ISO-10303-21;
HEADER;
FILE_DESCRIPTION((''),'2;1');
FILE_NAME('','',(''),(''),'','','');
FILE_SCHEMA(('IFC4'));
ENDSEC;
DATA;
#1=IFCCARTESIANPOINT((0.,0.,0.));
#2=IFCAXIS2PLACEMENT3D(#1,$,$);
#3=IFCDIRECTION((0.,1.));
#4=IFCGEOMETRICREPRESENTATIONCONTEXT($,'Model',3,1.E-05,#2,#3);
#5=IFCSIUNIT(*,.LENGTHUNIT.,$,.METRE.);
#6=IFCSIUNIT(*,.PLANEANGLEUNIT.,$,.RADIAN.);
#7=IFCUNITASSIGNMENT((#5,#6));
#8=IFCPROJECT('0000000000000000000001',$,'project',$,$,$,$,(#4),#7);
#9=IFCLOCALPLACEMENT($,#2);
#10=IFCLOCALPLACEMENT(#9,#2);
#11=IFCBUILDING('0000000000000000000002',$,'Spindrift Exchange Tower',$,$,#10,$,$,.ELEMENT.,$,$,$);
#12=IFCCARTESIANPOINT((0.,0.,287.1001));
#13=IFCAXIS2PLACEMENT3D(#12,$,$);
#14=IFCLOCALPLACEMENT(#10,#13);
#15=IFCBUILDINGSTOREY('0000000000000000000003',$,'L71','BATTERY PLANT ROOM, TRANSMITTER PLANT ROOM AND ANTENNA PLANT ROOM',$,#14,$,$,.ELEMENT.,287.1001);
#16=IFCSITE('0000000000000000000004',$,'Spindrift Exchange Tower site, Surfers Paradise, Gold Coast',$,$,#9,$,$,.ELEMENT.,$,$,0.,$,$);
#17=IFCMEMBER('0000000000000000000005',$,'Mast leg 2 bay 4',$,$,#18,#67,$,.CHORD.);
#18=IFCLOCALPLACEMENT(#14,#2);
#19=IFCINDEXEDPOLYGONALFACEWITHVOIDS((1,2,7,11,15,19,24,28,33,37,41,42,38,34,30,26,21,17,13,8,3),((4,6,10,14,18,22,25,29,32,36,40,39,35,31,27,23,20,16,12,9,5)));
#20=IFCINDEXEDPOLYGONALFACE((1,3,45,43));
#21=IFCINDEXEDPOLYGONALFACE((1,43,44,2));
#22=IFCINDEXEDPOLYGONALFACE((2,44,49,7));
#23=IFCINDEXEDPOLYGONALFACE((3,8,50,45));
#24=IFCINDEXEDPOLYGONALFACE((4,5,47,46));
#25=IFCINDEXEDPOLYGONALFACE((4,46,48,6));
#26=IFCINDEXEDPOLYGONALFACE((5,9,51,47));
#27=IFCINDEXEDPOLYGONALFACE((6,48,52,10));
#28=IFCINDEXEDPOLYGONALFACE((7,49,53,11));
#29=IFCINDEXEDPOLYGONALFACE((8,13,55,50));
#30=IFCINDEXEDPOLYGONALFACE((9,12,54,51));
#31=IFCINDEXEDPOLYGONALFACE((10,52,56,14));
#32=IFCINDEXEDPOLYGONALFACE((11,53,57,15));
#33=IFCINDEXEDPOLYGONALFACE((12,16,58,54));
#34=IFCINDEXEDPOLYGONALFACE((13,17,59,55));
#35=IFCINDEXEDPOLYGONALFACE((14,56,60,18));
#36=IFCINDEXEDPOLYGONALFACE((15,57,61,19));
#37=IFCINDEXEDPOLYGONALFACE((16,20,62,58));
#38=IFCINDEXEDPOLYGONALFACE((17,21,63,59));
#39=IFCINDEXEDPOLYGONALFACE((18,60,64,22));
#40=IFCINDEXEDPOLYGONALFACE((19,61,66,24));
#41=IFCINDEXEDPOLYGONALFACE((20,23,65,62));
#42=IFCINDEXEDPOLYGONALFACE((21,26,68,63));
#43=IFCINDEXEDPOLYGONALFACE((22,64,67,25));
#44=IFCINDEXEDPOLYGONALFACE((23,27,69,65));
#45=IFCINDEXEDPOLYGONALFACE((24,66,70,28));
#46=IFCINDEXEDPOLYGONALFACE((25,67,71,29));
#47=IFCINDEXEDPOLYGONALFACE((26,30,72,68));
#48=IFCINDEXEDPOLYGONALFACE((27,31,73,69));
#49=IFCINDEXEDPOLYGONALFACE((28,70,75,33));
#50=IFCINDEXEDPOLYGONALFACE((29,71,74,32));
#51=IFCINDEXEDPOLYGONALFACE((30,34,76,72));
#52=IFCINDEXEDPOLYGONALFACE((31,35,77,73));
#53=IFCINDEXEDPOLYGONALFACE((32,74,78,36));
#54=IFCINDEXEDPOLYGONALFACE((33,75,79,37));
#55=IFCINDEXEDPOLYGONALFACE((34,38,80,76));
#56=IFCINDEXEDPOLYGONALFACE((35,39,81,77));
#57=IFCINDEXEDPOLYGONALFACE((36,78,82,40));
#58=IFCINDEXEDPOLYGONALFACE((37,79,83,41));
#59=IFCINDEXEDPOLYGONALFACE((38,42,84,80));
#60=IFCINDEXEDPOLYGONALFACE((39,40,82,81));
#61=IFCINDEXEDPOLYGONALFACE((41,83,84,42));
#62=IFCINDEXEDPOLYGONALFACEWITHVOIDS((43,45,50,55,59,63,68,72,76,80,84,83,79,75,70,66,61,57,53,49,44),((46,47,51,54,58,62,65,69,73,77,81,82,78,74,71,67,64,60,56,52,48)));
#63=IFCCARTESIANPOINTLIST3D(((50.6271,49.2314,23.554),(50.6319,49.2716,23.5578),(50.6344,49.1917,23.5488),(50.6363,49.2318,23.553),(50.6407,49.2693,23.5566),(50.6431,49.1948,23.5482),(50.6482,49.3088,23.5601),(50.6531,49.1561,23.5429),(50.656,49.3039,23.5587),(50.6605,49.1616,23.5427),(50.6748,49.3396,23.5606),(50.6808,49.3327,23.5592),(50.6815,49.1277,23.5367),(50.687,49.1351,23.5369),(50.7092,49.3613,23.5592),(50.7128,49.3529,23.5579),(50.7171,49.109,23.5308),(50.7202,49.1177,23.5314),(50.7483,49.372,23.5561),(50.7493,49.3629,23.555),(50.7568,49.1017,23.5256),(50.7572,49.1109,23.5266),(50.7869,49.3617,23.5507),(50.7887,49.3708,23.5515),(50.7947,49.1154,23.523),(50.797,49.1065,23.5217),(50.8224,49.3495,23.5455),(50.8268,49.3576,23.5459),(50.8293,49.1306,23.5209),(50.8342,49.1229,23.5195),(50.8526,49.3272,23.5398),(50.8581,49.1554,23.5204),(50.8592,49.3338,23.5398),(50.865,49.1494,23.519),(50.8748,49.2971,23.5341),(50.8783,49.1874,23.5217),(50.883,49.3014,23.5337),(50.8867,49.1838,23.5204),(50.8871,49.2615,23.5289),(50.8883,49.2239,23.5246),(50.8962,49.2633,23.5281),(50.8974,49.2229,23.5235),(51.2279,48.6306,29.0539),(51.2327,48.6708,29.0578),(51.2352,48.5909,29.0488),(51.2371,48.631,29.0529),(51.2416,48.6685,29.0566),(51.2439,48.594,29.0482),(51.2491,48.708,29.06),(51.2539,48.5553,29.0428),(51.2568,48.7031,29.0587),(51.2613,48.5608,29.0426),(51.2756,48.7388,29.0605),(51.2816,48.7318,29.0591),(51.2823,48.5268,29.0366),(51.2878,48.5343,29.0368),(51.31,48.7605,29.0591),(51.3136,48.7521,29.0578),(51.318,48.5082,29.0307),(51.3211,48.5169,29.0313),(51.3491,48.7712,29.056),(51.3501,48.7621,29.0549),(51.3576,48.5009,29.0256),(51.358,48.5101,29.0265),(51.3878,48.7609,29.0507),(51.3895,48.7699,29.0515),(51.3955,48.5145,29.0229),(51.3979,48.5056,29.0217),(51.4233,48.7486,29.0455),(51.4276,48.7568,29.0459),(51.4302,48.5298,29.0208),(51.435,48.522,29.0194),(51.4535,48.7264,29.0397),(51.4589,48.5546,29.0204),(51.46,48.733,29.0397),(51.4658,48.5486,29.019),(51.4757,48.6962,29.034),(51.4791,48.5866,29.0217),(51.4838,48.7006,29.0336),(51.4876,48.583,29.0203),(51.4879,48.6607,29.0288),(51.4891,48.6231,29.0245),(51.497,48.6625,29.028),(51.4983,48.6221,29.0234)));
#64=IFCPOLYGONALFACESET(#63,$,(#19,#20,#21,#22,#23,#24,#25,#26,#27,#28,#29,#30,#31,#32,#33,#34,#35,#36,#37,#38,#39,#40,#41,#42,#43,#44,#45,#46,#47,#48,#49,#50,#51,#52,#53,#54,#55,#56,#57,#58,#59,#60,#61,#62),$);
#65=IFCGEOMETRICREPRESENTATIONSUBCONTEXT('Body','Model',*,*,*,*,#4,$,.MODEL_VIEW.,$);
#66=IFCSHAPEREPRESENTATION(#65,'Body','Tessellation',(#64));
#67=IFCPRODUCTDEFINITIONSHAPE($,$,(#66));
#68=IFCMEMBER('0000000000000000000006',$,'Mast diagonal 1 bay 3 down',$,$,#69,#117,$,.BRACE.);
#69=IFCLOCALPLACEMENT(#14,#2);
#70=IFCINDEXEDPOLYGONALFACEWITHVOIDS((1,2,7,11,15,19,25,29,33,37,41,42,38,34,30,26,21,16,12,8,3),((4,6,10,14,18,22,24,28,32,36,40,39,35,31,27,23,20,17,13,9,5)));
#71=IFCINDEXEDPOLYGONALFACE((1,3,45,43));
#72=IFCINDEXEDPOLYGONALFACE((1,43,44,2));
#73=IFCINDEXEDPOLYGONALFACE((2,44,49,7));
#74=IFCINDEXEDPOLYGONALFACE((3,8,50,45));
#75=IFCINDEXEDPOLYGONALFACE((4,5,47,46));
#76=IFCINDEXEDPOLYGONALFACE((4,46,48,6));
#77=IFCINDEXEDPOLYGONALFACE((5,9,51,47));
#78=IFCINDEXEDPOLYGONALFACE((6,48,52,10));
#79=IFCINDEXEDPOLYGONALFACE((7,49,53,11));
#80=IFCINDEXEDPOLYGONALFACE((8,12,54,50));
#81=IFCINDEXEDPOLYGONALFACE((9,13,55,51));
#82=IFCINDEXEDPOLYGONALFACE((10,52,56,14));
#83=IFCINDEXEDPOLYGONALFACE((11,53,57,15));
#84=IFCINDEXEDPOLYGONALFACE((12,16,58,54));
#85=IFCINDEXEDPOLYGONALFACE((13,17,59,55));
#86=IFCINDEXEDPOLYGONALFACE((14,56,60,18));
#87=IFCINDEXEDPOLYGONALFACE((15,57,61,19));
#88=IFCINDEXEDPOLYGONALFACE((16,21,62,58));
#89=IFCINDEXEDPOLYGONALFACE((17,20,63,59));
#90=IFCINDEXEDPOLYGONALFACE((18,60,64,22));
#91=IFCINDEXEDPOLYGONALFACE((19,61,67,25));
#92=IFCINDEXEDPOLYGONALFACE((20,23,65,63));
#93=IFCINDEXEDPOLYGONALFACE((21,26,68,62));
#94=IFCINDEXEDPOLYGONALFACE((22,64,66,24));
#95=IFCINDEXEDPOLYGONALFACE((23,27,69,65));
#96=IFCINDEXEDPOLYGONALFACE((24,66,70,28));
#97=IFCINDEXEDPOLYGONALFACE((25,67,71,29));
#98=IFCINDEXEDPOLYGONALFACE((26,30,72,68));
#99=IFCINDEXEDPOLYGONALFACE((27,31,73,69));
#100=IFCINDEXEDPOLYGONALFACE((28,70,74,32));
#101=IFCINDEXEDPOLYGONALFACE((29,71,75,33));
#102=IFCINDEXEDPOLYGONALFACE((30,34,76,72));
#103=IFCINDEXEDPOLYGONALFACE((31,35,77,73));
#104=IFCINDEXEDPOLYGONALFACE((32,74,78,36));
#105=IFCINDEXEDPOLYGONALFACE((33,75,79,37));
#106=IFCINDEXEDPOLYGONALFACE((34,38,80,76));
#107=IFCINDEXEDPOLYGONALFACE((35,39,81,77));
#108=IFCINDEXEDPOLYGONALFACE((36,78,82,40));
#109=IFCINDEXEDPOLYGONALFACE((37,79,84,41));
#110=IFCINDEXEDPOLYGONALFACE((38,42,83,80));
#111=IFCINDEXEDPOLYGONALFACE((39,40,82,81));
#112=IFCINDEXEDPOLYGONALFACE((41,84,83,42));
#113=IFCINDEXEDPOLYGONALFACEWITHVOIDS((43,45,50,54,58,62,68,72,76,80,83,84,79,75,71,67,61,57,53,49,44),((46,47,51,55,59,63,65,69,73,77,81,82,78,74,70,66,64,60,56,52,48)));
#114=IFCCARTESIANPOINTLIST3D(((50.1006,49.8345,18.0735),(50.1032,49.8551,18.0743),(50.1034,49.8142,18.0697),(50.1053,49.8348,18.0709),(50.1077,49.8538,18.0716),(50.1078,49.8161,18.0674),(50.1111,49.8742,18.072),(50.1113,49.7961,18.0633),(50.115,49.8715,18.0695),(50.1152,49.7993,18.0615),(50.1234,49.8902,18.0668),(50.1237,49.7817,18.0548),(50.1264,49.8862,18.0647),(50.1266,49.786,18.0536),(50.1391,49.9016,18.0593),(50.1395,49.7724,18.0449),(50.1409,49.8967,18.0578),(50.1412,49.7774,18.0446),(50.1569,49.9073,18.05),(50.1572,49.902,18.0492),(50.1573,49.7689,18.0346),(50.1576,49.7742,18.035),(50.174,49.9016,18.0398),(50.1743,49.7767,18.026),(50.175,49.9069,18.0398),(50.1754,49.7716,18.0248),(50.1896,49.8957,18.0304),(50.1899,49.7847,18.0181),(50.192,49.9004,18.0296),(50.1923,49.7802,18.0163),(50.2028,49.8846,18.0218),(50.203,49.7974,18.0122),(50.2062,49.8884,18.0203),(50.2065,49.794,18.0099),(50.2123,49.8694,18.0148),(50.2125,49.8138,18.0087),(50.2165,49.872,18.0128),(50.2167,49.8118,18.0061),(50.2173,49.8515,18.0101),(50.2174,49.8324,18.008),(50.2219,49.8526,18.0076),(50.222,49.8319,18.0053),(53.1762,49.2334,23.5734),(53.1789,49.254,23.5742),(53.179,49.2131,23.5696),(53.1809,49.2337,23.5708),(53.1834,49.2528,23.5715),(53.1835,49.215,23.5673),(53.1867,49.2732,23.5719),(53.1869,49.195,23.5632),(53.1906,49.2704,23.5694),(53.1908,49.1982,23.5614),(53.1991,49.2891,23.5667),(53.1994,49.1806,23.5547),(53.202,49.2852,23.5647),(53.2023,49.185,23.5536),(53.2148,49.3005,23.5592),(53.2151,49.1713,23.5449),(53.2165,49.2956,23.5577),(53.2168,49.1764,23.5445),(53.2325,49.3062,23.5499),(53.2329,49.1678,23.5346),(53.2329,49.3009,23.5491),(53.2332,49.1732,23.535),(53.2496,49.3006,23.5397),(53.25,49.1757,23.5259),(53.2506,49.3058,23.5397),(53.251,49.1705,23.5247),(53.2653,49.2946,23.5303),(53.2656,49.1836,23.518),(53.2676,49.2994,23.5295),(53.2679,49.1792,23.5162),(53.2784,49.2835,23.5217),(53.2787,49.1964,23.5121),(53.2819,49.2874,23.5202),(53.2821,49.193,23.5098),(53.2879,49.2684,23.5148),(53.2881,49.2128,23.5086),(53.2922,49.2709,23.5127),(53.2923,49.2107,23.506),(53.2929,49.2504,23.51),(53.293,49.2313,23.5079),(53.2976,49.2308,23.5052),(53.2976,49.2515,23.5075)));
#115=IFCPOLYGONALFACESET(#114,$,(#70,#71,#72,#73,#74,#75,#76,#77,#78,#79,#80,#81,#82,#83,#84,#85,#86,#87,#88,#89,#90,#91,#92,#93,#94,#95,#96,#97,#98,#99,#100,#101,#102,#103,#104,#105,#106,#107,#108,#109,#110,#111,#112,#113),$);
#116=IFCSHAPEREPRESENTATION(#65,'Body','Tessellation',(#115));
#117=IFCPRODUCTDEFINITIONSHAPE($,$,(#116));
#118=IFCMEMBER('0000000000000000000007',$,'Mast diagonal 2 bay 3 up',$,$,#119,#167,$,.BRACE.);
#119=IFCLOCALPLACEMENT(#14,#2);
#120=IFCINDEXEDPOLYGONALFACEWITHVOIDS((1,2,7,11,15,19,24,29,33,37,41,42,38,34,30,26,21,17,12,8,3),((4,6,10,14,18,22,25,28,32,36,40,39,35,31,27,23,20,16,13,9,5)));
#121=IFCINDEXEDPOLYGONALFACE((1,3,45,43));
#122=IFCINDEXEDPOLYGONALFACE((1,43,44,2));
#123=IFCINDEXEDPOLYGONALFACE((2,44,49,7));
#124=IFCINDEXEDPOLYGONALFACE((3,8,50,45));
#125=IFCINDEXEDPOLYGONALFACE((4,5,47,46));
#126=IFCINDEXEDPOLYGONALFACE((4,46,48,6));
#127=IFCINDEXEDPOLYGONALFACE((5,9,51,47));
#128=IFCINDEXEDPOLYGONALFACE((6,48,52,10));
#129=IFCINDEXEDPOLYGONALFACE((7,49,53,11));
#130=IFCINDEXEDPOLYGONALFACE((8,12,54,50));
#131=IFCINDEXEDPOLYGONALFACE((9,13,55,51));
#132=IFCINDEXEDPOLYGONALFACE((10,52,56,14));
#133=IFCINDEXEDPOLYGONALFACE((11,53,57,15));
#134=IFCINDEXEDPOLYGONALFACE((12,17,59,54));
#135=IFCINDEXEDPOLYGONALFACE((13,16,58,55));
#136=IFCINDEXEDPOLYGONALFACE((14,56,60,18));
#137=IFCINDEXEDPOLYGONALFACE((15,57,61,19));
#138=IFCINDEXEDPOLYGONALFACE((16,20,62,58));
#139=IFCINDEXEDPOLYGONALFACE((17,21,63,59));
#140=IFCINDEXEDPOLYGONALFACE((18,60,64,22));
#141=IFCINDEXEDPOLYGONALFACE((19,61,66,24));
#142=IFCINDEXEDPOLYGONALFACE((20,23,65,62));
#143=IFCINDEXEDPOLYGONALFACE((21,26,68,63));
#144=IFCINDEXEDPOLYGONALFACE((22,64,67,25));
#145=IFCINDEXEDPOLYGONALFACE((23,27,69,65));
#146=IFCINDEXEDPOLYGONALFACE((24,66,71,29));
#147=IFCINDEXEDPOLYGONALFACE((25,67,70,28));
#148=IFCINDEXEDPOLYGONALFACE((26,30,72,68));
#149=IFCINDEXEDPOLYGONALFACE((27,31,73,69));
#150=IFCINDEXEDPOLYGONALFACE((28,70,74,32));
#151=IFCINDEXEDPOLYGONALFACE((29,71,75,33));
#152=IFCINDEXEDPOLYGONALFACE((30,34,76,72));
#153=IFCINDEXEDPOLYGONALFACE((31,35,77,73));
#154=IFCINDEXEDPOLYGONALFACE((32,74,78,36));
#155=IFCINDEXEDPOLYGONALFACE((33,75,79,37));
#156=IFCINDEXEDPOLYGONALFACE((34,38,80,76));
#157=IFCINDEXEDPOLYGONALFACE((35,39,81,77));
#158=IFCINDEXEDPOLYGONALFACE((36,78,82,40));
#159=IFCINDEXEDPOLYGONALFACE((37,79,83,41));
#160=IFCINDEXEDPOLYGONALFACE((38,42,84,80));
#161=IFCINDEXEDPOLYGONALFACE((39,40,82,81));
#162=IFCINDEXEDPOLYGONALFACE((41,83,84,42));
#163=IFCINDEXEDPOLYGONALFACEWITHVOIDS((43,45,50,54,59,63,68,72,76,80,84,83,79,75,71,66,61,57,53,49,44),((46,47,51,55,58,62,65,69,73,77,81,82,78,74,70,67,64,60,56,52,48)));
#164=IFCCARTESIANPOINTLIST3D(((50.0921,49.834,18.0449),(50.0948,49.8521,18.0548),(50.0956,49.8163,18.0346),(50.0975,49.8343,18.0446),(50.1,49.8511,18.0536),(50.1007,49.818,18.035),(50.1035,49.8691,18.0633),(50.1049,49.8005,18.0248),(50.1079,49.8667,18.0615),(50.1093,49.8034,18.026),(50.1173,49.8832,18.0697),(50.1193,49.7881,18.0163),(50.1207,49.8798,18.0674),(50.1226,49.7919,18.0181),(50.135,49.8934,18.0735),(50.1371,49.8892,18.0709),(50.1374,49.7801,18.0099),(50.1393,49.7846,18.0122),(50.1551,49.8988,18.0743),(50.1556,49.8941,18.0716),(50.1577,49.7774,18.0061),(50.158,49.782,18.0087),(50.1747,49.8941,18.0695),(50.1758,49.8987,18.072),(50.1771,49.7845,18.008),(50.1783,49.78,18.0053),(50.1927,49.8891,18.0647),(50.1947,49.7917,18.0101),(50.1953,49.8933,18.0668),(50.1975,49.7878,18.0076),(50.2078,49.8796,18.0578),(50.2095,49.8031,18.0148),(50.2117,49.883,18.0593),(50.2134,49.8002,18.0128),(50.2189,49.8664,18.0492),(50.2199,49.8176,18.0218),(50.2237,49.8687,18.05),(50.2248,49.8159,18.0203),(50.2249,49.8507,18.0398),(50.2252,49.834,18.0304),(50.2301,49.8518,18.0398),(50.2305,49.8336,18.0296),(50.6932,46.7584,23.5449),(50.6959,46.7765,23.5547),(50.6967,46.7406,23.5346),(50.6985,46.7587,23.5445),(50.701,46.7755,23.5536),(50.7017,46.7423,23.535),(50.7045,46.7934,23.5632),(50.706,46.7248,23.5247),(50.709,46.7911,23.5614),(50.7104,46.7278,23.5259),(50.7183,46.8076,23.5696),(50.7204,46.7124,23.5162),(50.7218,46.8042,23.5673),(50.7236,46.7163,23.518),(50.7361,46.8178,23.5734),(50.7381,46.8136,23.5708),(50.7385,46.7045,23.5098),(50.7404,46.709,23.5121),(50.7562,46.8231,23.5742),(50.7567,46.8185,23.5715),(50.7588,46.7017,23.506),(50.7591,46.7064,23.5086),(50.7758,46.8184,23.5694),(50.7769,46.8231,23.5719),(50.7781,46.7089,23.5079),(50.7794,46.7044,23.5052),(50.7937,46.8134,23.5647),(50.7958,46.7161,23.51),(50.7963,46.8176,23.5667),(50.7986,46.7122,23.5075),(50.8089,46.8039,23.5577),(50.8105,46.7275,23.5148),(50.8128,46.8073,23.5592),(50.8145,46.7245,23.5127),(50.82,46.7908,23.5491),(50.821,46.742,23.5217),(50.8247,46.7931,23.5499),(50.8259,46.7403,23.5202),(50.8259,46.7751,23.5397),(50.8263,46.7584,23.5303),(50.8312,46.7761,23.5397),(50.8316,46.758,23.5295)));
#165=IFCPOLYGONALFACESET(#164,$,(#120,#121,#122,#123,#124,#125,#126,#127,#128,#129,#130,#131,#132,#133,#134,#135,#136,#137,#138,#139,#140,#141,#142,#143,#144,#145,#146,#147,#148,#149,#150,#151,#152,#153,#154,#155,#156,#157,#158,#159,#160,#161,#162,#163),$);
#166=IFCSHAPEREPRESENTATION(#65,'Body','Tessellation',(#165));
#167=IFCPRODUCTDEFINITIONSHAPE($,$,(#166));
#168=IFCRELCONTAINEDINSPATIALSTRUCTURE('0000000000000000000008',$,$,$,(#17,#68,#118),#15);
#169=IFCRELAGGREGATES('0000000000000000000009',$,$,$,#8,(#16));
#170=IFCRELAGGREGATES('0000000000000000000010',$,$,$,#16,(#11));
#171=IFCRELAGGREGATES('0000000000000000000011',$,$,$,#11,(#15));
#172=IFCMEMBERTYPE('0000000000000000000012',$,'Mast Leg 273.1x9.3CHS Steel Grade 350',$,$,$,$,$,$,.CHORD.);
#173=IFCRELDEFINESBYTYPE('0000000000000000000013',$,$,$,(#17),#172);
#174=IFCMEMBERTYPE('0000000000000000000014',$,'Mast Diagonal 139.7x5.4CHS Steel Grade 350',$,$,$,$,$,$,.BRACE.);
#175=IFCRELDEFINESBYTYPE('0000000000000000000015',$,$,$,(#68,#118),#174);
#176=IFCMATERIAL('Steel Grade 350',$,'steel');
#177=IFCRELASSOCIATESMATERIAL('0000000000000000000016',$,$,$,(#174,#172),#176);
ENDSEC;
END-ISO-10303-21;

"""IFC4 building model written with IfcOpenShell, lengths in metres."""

from ifc_helpers import new_model, si_unit, direction, frame, origin, origin_2d, place, context, subcontext, project, spatial, hollow_circle, extrude, source, transform, mapped, material, material_profile, profile_set, type_object, element, save


model = new_model("IFC4")

# Units and contexts
model_context = context("Model", 3, precision=1e-05, world=origin(), true_north=direction((0.0, 1.0)))
body_context = subcontext(model_context, "Body", "Model", "MODEL_VIEW")
ifc_project = project(units=[si_unit("LENGTHUNIT", "METRE"), si_unit("PLANEANGLEUNIT", "RADIAN")], contexts=[model_context])

# Site, building, storey
site_placement = place(None, origin())
site = spatial("IfcSite", under=ifc_project, at=site_placement, Name="Spindrift Exchange Tower site, Surfers Paradise, Gold Coast", CompositionType="ELEMENT", RefElevation=0.0)
building_placement = place(site_placement, origin())
building = spatial("IfcBuilding", under=site, at=building_placement, Name="Spindrift Exchange Tower", CompositionType="ELEMENT")
storey_placement = place(building_placement, frame((0.0, 0.0, 287.1001)))
storey = spatial("IfcBuildingStorey", under=building, at=storey_placement, Name="L71", Description="BATTERY PLANT ROOM, TRANSMITTER PLANT ROOM AND ANTENNA PLANT ROOM", CompositionType="ELEMENT", Elevation=287.1001)

# Members
ifc_material_1 = material(Name="Steel Grade 350", Category="steel")
ifc_material_profile_1 = material_profile(ifc_material_1, hollow_circle(Radius=0.0698, WallThickness=0.0054, at=origin_2d()), Name="139.7x5.4CHS")
ifc_profile_set_1 = profile_set([ifc_material_profile_1], Name="Steel Grade 350")
member_type_1 = type_object("IfcMemberType", Name="Mast Diagonal 139.7x5.4CHS Steel Grade 350", PredefinedType="BRACE", material=ifc_profile_set_1)
ifc_material_profile_2 = material_profile(ifc_material_1, hollow_circle(Radius=0.1365, WallThickness=0.0093, at=origin_2d()), Name="273.1x9.3CHS")
ifc_profile_set_2 = profile_set([ifc_material_profile_2], Name="Steel Grade 350")
member_type_2 = type_object("IfcMemberType", Name="Mast Leg 273.1x9.3CHS Steel Grade 350", PredefinedType="CHORD", material=ifc_profile_set_2)
shared_shape_1 = source(origin(), body_context, "Body", "SweptSolid", [
    extrude(hollow_circle(Radius=0.1365, WallThickness=0.0093, at=origin_2d()), origin(), (0.0, 0.0, 1.0), 5.5652),
])
for number, where, z_axis, x_axis, name in (
    (1, (50.7627, 49.2373, 23.5398), (0.107961, -0.107961, 0.988276), (0.707107, 0.707107, 0.0), "Mast leg 2 bay 4"),
):
    element("IfcMember", number, at=place(storey_placement, frame(where, z_axis=z_axis, x_axis=x_axis)), inside=storey, type_object=member_type_2, Name=name, PredefinedType="CHORD", context=body_context, shape_type="MappedRepresentation", body=[
        mapped(shared_shape_1, transform((0.0, 0.0, 0.0), scale=1.0)),
    ])
shared_shape_2 = source(origin(), body_context, "Body", "SweptSolid", [
    extrude(hollow_circle(Radius=0.0698, WallThickness=0.0054, at=origin_2d()), origin(), (0.0, 0.0, 1.0), 6.3301),
])
for number, where, z_axis, x_axis, name in (
    (2, (50.1616, 49.8384, 18.0398), (0.485877, -0.094954, 0.868854), (0.1918, 0.981434, 0.0), "Mast diagonal 1 bay 3 down"),
    (3, (50.1616, 49.8384, 18.0398), (0.094954, -0.485877, 0.868854), (0.981434, 0.1918, 0.0), "Mast diagonal 2 bay 3 up"),
):
    element("IfcMember", number, at=place(storey_placement, frame(where, z_axis=z_axis, x_axis=x_axis)), inside=storey, type_object=member_type_1, Name=name, PredefinedType="BRACE", context=body_context, shape_type="MappedRepresentation", body=[
        mapped(shared_shape_2, transform((0.0, 0.0, 0.0), scale=1.0)),
    ])

save(model, "model.ifc")
